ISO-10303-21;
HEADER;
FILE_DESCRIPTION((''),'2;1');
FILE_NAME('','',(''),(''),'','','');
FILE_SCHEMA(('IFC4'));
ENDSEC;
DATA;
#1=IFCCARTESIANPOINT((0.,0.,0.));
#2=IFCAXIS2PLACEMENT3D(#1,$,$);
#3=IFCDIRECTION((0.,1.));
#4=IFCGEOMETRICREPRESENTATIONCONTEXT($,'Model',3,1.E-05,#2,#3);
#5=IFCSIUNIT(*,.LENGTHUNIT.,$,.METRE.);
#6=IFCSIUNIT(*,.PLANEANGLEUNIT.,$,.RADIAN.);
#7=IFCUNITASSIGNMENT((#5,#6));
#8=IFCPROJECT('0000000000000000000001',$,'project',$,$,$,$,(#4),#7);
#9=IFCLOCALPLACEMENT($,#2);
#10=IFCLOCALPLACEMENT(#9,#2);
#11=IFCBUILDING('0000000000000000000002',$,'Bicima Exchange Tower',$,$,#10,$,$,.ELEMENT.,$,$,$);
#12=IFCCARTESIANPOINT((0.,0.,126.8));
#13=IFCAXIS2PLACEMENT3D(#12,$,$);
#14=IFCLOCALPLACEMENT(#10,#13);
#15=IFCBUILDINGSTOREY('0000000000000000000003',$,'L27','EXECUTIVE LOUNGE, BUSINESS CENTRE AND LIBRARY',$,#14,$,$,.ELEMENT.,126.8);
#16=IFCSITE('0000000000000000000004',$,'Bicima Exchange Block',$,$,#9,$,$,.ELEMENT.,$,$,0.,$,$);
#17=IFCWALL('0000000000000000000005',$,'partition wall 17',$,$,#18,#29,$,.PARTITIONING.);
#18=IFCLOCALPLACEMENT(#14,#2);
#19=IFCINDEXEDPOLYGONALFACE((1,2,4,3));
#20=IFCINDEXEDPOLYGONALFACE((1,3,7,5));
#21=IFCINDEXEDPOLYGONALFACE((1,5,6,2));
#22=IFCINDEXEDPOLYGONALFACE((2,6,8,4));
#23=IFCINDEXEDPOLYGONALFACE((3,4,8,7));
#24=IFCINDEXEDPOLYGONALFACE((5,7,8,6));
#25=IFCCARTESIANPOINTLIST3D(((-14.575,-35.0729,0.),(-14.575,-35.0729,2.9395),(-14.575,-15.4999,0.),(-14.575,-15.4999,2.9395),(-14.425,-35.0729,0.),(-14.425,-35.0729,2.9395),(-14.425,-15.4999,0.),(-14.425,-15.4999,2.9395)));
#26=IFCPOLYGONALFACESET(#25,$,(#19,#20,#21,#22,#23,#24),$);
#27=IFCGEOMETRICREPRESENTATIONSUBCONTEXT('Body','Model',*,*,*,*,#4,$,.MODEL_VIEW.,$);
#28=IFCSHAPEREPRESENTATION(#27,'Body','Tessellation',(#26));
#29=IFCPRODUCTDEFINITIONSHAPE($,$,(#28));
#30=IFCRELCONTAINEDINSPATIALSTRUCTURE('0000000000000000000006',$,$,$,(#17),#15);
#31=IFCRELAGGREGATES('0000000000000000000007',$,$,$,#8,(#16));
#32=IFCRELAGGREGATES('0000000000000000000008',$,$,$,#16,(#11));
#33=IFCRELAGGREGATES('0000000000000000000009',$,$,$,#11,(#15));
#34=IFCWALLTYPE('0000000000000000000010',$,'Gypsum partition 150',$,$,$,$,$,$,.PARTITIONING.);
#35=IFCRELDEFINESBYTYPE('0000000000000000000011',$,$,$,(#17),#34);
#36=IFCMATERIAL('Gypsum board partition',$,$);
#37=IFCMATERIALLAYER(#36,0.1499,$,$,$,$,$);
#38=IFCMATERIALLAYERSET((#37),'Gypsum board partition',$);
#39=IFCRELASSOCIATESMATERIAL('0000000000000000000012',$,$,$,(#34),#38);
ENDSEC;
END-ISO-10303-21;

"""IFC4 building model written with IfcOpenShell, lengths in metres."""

from ifc_helpers import new_model, si_unit, direction, frame, frame_2d, origin, place, context, subcontext, project, spatial, rectangle, extrude, material, layer, layer_set, type_object, element, save


model = new_model("IFC4")

# Units and contexts
model_context = context("Model", 3, precision=1e-05, world=origin(), true_north=direction((0.0, 1.0)))
body_context = subcontext(model_context, "Body", "Model", "MODEL_VIEW")
ifc_project = project(units=[si_unit("LENGTHUNIT", "METRE"), si_unit("PLANEANGLEUNIT", "RADIAN")], contexts=[model_context])

# Site, building, storey
site_placement = place(None, origin())
site = spatial("IfcSite", under=ifc_project, at=site_placement, Name="Bicima Exchange Block", CompositionType="ELEMENT", RefElevation=0.0)
building_placement = place(site_placement, origin())
building = spatial("IfcBuilding", under=site, at=building_placement, Name="Bicima Exchange Tower", CompositionType="ELEMENT")
storey_placement = place(building_placement, frame((0.0, 0.0, 126.8)))
storey = spatial("IfcBuildingStorey", under=building, at=storey_placement, Name="L27", Description="EXECUTIVE LOUNGE, BUSINESS CENTRE AND LIBRARY", CompositionType="ELEMENT", Elevation=126.8)

# Wall
ifc_material_1 = material(Name="Gypsum board partition")
ifc_layer_1 = layer(ifc_material_1, 0.1499)
ifc_layer_set_1 = layer_set([ifc_layer_1], Name="Gypsum board partition")
wall_type = type_object("IfcWallType", Name="Gypsum partition 150", PredefinedType="PARTITIONING", material=ifc_layer_set_1)
wall_1_placement = place(storey_placement, frame((-14.5, -35.073, 0.0), z_axis=(0.0, 0.0, 1.0), x_axis=(0.0, 1.0, 0.0)))
element("IfcWall", 1, at=wall_1_placement, inside=storey, type_object=wall_type, Name="partition wall 17", PredefinedType="PARTITIONING", context=body_context, shape_type="SweptSolid", body=[
    extrude(rectangle(XDim=19.573, YDim=0.1499, at=frame_2d((9.7866, 0.0))), origin(), (0.0, 0.0, 1.0), 2.9395),
])

save(model, "model.ifc")
